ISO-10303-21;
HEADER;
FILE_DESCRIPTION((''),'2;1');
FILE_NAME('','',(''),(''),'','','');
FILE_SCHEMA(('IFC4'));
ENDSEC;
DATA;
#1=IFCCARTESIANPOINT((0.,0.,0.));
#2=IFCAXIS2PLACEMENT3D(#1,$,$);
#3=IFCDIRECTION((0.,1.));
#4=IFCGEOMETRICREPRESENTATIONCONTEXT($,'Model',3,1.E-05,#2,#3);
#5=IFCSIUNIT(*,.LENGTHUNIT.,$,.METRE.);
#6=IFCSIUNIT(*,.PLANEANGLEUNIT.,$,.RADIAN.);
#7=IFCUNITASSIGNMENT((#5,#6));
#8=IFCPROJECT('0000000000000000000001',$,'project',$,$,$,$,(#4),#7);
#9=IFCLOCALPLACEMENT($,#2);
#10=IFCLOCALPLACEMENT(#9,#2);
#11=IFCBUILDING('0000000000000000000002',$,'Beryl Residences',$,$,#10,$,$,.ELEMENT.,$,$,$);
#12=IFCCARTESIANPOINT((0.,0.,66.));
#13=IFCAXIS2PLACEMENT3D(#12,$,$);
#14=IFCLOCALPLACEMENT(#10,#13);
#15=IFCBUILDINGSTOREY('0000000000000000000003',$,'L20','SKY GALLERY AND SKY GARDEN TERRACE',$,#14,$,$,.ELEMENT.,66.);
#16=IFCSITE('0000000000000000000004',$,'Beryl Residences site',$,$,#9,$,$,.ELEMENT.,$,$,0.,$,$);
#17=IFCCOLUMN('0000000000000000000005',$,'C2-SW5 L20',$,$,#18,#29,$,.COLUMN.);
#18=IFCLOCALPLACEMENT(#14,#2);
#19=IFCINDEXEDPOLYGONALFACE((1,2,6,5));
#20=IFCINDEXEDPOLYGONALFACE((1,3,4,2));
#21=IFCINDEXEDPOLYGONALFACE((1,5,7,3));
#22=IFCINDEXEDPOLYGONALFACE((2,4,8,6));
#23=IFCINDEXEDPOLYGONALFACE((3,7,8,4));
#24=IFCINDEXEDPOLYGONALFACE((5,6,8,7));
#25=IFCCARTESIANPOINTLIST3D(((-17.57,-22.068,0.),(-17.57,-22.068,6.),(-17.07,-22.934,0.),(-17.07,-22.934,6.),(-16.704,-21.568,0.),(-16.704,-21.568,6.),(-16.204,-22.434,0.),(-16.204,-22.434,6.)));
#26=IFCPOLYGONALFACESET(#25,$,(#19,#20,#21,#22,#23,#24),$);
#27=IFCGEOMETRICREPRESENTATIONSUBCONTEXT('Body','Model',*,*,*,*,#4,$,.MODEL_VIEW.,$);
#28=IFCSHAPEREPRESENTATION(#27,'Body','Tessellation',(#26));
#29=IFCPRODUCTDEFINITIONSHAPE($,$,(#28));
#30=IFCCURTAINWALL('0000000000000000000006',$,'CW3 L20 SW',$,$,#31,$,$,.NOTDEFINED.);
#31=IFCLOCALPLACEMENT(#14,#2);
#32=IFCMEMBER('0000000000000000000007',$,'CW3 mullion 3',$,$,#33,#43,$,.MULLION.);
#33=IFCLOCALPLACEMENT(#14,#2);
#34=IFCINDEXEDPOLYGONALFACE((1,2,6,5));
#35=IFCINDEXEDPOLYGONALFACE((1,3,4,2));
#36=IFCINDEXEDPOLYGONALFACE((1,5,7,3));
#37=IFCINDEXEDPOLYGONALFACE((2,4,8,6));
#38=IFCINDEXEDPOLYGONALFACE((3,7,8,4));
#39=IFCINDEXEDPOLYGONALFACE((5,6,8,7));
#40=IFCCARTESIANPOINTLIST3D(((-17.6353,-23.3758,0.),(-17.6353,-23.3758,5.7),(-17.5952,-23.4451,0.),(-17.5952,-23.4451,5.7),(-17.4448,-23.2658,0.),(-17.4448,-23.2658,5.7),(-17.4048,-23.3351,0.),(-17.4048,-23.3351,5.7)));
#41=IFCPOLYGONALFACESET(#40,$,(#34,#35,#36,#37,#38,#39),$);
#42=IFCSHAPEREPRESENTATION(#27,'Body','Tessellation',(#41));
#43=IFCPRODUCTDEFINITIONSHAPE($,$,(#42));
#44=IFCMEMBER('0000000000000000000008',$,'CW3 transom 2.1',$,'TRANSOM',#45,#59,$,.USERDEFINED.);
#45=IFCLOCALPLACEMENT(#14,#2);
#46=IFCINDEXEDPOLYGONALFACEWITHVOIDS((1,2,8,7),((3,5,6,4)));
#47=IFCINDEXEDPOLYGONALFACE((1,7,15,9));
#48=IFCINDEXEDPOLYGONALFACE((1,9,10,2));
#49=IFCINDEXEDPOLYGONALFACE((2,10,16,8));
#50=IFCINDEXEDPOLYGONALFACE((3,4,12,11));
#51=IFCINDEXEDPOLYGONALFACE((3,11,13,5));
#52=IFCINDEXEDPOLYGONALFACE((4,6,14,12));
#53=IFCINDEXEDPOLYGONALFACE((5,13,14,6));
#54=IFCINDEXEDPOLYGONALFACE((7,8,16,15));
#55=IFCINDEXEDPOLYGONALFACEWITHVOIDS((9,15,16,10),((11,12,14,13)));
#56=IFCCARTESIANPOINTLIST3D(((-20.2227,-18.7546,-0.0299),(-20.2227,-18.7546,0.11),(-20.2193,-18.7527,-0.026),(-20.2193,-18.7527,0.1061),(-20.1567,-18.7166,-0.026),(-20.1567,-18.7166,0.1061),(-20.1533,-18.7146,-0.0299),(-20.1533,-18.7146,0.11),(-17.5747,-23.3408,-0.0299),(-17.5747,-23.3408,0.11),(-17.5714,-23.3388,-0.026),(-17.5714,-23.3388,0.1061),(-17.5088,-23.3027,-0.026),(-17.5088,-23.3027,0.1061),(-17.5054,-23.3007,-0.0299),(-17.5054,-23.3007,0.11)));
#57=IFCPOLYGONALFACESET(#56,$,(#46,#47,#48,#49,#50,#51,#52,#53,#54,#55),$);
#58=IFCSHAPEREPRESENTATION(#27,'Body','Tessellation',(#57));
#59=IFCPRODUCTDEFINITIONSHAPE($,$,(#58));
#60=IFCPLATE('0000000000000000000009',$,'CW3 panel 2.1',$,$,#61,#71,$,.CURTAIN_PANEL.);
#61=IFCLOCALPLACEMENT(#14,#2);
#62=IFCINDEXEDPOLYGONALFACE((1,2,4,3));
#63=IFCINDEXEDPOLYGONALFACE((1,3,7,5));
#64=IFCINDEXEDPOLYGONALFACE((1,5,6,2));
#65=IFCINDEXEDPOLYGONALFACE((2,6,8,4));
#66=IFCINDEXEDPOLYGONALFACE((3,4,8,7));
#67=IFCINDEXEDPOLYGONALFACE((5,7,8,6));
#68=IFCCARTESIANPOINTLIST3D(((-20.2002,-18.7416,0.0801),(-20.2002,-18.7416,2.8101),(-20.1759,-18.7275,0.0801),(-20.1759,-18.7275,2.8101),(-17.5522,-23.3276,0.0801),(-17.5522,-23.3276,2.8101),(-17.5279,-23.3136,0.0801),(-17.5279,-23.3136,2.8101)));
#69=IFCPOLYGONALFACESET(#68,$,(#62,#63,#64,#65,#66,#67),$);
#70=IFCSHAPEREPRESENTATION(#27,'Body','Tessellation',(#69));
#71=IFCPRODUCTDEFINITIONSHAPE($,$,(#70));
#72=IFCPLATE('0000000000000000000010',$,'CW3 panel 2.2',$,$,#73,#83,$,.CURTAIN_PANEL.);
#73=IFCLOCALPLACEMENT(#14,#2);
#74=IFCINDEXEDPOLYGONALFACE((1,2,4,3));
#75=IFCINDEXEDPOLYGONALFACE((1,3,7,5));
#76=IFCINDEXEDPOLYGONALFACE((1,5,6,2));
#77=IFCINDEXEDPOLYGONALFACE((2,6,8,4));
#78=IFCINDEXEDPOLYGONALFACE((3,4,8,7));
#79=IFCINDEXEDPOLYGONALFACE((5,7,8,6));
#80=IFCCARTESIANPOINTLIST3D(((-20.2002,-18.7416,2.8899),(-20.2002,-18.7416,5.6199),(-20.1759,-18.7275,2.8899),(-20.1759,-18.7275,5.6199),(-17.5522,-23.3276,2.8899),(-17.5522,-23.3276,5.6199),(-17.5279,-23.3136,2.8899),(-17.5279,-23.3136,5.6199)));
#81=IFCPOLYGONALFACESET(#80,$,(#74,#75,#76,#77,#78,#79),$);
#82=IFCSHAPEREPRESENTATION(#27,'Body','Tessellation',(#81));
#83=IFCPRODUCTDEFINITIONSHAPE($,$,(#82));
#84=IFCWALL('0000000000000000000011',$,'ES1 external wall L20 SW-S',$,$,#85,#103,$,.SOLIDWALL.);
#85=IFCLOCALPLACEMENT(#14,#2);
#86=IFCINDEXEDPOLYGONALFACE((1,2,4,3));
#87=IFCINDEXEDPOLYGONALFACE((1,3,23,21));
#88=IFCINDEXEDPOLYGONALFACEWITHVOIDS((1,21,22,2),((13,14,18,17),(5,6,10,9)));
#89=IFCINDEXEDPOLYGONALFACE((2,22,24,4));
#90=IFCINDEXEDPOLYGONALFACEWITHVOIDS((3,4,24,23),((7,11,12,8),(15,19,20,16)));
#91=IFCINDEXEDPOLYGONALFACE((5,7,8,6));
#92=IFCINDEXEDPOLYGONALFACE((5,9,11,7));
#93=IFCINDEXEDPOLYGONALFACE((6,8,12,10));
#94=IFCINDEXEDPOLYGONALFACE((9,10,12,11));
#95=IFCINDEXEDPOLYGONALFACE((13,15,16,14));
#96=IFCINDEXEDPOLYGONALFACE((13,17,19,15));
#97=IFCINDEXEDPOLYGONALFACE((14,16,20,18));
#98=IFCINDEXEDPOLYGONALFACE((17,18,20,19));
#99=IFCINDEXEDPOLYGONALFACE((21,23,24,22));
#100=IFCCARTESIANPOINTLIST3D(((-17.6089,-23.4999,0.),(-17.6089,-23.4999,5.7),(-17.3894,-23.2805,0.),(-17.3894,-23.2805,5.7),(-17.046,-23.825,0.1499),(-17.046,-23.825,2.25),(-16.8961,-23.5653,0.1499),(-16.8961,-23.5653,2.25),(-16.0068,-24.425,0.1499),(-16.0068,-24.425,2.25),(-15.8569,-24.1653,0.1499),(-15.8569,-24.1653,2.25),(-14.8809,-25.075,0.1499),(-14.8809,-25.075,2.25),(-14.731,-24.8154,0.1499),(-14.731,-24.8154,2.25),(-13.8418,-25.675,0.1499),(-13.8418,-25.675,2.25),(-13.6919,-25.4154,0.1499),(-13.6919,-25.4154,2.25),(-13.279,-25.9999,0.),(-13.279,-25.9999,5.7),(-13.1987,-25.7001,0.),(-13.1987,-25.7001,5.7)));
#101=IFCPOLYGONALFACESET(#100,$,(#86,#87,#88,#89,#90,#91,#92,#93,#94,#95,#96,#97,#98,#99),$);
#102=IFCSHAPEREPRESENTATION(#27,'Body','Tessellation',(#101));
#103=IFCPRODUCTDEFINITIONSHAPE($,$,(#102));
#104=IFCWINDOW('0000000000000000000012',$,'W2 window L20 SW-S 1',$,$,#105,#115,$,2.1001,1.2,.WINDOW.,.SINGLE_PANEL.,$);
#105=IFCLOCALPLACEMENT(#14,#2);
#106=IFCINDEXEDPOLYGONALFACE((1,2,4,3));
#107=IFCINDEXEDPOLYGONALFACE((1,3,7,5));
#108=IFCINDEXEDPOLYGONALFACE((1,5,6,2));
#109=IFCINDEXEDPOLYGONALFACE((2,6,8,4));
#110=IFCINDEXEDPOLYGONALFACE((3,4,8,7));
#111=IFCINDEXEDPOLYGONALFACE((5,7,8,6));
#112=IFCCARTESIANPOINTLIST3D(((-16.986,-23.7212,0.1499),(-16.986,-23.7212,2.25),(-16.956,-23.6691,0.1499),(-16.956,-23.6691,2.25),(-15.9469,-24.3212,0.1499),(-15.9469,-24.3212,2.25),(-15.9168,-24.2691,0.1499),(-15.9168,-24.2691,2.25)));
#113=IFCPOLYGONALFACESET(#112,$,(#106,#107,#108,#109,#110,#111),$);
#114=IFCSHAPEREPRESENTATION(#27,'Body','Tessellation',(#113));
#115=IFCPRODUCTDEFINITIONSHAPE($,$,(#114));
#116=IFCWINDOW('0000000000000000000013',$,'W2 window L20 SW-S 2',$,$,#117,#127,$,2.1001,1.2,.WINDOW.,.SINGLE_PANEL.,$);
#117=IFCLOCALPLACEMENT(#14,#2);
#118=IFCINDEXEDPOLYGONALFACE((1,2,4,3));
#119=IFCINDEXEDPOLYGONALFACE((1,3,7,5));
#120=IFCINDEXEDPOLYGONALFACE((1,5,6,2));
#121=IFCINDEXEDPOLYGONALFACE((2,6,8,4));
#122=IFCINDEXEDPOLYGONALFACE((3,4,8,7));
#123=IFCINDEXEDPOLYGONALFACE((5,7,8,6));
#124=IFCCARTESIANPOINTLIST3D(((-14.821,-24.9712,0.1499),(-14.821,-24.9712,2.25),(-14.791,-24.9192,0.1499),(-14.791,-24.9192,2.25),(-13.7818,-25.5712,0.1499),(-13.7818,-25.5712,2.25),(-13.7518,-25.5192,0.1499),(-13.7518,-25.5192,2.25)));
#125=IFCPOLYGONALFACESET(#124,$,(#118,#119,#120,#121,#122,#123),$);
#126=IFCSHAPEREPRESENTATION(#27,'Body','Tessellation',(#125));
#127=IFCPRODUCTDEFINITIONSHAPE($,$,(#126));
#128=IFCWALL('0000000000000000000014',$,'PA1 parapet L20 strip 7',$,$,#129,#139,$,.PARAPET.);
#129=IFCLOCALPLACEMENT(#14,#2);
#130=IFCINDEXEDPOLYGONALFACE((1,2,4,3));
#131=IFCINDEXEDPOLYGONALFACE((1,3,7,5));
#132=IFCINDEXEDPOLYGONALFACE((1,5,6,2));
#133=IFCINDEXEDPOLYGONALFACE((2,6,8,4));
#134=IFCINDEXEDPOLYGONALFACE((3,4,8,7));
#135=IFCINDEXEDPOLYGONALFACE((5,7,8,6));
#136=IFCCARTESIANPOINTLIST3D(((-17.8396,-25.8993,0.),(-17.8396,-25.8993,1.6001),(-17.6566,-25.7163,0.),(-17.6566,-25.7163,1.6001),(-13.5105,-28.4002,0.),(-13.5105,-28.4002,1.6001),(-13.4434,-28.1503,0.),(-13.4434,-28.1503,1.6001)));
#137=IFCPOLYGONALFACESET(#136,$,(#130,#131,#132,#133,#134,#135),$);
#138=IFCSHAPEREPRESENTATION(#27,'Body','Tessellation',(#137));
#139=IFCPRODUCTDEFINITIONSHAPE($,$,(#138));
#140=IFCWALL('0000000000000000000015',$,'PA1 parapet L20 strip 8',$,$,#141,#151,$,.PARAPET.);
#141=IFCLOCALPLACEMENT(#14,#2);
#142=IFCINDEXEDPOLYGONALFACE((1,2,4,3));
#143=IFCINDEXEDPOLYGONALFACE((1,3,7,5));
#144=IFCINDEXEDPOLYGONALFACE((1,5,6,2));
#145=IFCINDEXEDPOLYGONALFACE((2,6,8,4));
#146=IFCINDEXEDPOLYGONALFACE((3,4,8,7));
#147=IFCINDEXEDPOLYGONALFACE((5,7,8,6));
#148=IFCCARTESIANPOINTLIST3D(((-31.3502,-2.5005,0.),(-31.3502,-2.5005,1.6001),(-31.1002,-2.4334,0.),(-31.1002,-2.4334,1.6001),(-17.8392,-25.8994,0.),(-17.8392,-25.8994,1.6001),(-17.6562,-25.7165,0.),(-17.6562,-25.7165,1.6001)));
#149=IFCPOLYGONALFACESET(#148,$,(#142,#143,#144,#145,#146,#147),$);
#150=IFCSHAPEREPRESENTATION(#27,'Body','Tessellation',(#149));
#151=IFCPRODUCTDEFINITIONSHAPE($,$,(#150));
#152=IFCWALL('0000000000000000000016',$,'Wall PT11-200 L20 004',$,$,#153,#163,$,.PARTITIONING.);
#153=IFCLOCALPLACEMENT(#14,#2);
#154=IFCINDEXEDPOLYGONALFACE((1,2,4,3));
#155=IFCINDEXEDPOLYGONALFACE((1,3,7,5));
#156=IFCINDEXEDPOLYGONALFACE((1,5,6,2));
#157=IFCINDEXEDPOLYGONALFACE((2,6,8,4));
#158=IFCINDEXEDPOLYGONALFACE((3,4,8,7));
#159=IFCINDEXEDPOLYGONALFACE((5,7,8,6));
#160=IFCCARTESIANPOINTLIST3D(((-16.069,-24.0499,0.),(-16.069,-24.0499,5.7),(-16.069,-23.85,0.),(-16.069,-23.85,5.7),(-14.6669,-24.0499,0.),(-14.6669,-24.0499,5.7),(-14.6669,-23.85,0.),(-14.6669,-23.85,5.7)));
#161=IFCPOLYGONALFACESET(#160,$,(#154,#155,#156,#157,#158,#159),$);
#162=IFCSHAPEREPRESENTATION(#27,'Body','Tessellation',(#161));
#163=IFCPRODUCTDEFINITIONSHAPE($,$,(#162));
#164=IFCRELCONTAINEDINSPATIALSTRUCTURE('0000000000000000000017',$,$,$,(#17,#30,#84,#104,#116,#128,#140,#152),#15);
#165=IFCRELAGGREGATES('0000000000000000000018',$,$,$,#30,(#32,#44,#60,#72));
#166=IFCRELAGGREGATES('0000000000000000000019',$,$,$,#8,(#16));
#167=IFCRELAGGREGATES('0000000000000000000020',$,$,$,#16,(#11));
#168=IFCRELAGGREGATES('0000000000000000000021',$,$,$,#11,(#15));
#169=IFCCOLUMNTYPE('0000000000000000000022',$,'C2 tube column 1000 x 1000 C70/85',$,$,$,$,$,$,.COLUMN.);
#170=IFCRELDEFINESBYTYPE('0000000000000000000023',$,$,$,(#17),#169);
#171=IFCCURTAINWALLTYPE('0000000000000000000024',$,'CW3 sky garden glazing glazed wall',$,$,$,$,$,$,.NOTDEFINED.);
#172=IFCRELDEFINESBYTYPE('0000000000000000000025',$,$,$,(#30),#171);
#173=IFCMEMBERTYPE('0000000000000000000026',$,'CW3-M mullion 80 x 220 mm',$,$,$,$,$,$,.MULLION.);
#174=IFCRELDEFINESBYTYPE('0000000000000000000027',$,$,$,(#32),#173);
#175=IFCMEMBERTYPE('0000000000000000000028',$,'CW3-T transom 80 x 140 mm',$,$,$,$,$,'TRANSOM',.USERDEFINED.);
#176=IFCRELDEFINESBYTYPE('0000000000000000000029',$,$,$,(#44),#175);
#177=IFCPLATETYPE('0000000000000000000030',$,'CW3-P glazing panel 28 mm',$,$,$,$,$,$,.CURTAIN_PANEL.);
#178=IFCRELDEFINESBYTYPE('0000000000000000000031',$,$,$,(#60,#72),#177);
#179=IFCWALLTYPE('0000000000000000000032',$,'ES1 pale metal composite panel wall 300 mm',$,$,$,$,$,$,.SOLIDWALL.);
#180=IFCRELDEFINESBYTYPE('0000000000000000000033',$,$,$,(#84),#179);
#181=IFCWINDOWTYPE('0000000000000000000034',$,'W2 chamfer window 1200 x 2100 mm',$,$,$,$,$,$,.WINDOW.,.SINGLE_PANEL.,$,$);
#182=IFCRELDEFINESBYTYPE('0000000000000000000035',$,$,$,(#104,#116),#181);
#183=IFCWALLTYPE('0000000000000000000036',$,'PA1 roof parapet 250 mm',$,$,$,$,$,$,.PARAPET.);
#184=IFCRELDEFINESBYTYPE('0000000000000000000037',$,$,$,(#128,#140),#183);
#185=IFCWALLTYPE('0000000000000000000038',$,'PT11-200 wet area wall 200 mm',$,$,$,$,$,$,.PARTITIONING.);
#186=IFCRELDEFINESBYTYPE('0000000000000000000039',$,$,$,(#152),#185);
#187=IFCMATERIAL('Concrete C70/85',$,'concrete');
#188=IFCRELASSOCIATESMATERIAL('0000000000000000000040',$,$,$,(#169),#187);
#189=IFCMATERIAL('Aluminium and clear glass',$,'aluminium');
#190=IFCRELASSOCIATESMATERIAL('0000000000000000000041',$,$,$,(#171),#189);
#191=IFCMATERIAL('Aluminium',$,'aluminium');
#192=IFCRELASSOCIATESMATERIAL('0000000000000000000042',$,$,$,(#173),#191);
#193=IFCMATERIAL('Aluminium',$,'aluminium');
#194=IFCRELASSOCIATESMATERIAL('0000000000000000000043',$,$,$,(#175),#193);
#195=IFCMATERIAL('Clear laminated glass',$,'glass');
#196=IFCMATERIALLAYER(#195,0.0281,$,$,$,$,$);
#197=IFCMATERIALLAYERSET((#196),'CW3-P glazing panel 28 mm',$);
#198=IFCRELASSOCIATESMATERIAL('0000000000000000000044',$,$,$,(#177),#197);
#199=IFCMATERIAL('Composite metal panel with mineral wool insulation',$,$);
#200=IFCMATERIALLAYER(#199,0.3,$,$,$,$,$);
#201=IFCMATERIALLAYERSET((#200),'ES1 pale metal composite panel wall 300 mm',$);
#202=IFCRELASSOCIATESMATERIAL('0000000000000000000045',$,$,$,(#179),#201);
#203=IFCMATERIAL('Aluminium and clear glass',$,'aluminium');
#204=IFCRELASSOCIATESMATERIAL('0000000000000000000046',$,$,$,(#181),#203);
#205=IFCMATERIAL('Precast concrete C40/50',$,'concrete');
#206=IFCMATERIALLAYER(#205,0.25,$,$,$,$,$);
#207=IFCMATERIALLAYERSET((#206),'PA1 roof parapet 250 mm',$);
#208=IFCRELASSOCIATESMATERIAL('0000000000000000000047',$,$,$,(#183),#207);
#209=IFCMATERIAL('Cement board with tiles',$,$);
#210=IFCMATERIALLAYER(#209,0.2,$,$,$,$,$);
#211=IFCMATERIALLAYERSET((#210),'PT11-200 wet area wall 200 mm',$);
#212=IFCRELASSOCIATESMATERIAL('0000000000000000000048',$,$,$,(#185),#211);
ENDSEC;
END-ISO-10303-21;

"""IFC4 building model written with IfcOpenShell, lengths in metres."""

from ifc_helpers import new_model, si_unit, direction, frame, frame_2d, origin, origin_2d, place, context, subcontext, project, spatial, polyline, rectangle, hollow_rectangle, outline, extrude, material, layer, layer_set, material_profile, profile_set, type_object, element, fill, aggregate, save


model = new_model("IFC4")

# Units and contexts
model_context = context("Model", 3, precision=1e-05, world=origin(), true_north=direction((0.0, 1.0)))
body_context = subcontext(model_context, "Body", "Model", "MODEL_VIEW")
ifc_project = project(units=[si_unit("LENGTHUNIT", "METRE"), si_unit("PLANEANGLEUNIT", "RADIAN")], contexts=[model_context])

# Site, building, storey
site_placement = place(None, origin())
site = spatial("IfcSite", under=ifc_project, at=site_placement, Name="Beryl Residences site", CompositionType="ELEMENT", RefElevation=0.0)
building_placement = place(site_placement, origin())
building = spatial("IfcBuilding", under=site, at=building_placement, Name="Beryl Residences", CompositionType="ELEMENT")
storey_placement = place(building_placement, frame((0.0, 0.0, 66.0)))
storey = spatial("IfcBuildingStorey", under=building, at=storey_placement, Name="L20", Description="SKY GALLERY AND SKY GARDEN TERRACE", CompositionType="ELEMENT", Elevation=66.0)

# Column
ifc_material_1 = material(Name="Concrete C70/85", Category="concrete")
ifc_material_profile_1 = material_profile(ifc_material_1, rectangle(XDim=1.0, YDim=1.0, at=origin_2d()))
ifc_profile_set_1 = profile_set([ifc_material_profile_1], Name="Concrete C70/85")
column_type = type_object("IfcColumnType", Name="C2 tube column 1000 x 1000 C70/85", PredefinedType="COLUMN", material=ifc_profile_set_1)
column_placement = place(storey_placement, frame((-16.887, -22.251, 0.0), z_axis=(0.0, 0.0, 1.0), x_axis=(0.5, -0.866025, 0.0)))
element("IfcColumn", 1, at=column_placement, inside=storey, type_object=column_type, Name="C2-SW5 L20", PredefinedType="COLUMN", context=body_context, shape_type="SweptSolid", body=[
    extrude(rectangle(XDim=1.0, YDim=1.0, at=origin_2d()), origin(), (0.0, 0.0, 1.0), 6.0),
])

# Curtain wall, members, plates
ifc_material_2 = material(Name="Aluminium and clear glass", Category="aluminium")
curtain_wall_type = type_object("IfcCurtainWallType", Name="CW3 sky garden glazing glazed wall", PredefinedType="NOTDEFINED", material=ifc_material_2)
curtain_wall_placement = place(storey_placement, origin())
curtain_wall = element("IfcCurtainWall", 2, at=curtain_wall_placement, inside=storey, type_object=curtain_wall_type, Name="CW3 L20 SW", PredefinedType="NOTDEFINED")
ifc_material_3 = material(Name="Aluminium", Category="aluminium")
ifc_material_profile_2 = material_profile(ifc_material_3, rectangle(XDim=0.0801, YDim=0.22, at=origin_2d()))
ifc_profile_set_2 = profile_set([ifc_material_profile_2], Name="Aluminium")
member_type_1 = type_object("IfcMemberType", Name="CW3-M mullion 80 x 220 mm", PredefinedType="MULLION", material=ifc_profile_set_2)
member_1_placement = place(storey_placement, frame((-17.52, -23.3555, 0.0), z_axis=(0.0, 0.0, 1.0), x_axis=(0.500031, -0.866007, 0.0)))
member_1 = element("IfcMember", 3, at=member_1_placement, type_object=member_type_1, Name="CW3 mullion 3", PredefinedType="MULLION", context=body_context, shape_type="SweptSolid", body=[
    extrude(rectangle(XDim=0.0801, YDim=0.22, at=origin_2d()), origin(), (0.0, 0.0, 1.0), 5.7),
])
ifc_material_4 = material(Name="Aluminium", Category="aluminium")
ifc_material_profile_3 = material_profile(ifc_material_4, hollow_rectangle(XDim=0.0801, YDim=0.1399, WallThickness=0.0039, at=origin_2d()))
ifc_profile_set_3 = profile_set([ifc_material_profile_3], Name="Aluminium")
member_type_2 = type_object("IfcMemberType", Name="CW3-T transom 80 x 140 mm", ElementType="TRANSOM", PredefinedType="USERDEFINED", material=ifc_profile_set_3)
member_2_placement = place(storey_placement, frame((-20.188, -18.7346, 0.04), z_axis=(0.500016, -0.866016, 0.0), x_axis=(0.866016, 0.500016, 0.0)))
member_2 = element("IfcMember", 4, at=member_2_placement, type_object=member_type_2, Name="CW3 transom 2.1", ObjectType="TRANSOM", PredefinedType="USERDEFINED", context=body_context, shape_type="SweptSolid", body=[
    extrude(hollow_rectangle(XDim=0.0801, YDim=0.1399, WallThickness=0.0039, at=origin_2d()), origin(), (0.0, 0.0, 1.0), 5.2957),
])
ifc_material_5 = material(Name="Clear laminated glass", Category="glass")
ifc_layer_1 = layer(ifc_material_5, 0.0281)
ifc_layer_set_1 = layer_set([ifc_layer_1], Name="CW3-P glazing panel 28 mm")
plate_type = type_object("IfcPlateType", Name="CW3-P glazing panel 28 mm", PredefinedType="CURTAIN_PANEL", material=ifc_layer_set_1)
plate_1_placement = place(storey_placement, frame((-18.864, -21.0276, 0.0801), z_axis=(0.0, 0.0, 1.0), x_axis=(0.500031, -0.866007, 0.0)))
plate_1 = element("IfcPlate", 5, at=plate_1_placement, type_object=plate_type, Name="CW3 panel 2.1", PredefinedType="CURTAIN_PANEL", context=body_context, shape_type="SweptSolid", body=[
    extrude(rectangle(XDim=5.2957, YDim=0.0281, at=origin_2d()), origin(), (0.0, 0.0, 1.0), 2.73),
])
plate_2_placement = place(storey_placement, frame((-18.864, -21.0276, 2.8899), z_axis=(0.0, 0.0, 1.0), x_axis=(0.500031, -0.866007, 0.0)))
plate_2 = element("IfcPlate", 6, at=plate_2_placement, type_object=plate_type, Name="CW3 panel 2.2", PredefinedType="CURTAIN_PANEL", context=body_context, shape_type="SweptSolid", body=[
    extrude(rectangle(XDim=5.2957, YDim=0.0281, at=origin_2d()), origin(), (0.0, 0.0, 1.0), 2.73),
])
aggregate(curtain_wall, [member_1, member_2, plate_1, plate_2])

# Wall, openings, windows
ifc_material_6 = material(Name="Composite metal panel with mineral wool insulation")
ifc_layer_2 = layer(ifc_material_6, 0.3)
ifc_layer_set_2 = layer_set([ifc_layer_2], Name="ES1 pale metal composite panel wall 300 mm")
wall_type_1 = type_object("IfcWallType", Name="ES1 pale metal composite panel wall 300 mm", PredefinedType="SOLIDWALL", material=ifc_layer_set_2)
wall_1_placement = place(storey_placement, frame((-17.5339, -23.3701, 0.0), z_axis=(0.0, 0.0, 1.0), x_axis=(0.866011, -0.500025, 0.0)))
wall_1 = element("IfcWall", 7, at=wall_1_placement, inside=storey, type_object=wall_type_1, Name="ES1 external wall L20 SW-S", PredefinedType="SOLIDWALL", context=body_context, shape_type="SweptSolid", body=[
    extrude(outline(polyline([(0.0, -0.1499), (4.9998, -0.1499), (4.9194, 0.1499), (0.0803, 0.1499), (0.0, -0.1499)])), origin(), (0.0, 0.0, 1.0), 5.7),
])
opening_1_placement = place(wall_1_placement, frame((0.6499, 0.0, 0.1499)))
opening_1 = element("IfcOpeningElement", 8, at=opening_1_placement, cuts=wall_1, PredefinedType="OPENING", context=body_context, shape_type="SweptSolid", body=[
    extrude(rectangle(XDim=1.2, YDim=2.1001, at=frame_2d((0.6001, 1.05))), frame((0.0, 0.1599, 0.0), z_axis=(0.0, -1.0, 0.0), x_axis=(1.0, 0.0, 0.0)), (0.0, 0.0, 1.0), 0.3201),
])
opening_2_placement = place(wall_1_placement, frame((3.1499, 0.0, 0.1499)))
opening_2 = element("IfcOpeningElement", 9, at=opening_2_placement, cuts=wall_1, PredefinedType="OPENING", context=body_context, shape_type="SweptSolid", body=[
    extrude(rectangle(XDim=1.2, YDim=2.1001, at=frame_2d((0.6001, 1.05))), frame((0.0, 0.1599, 0.0), z_axis=(0.0, -1.0, 0.0), x_axis=(1.0, 0.0, 0.0)), (0.0, 0.0, 1.0), 0.3201),
])
ifc_material_7 = material(Name="Aluminium and clear glass", Category="aluminium")
window_type = type_object("IfcWindowType", Name="W2 chamfer window 1200 x 2100 mm", PartitioningType="SINGLE_PANEL", PredefinedType="WINDOW", material=ifc_material_7)
window_1_placement = place(opening_1_placement, origin())
window_1 = element("IfcWindow", 10, at=window_1_placement, inside=storey, type_object=window_type, Name="W2 window L20 SW-S 1", OverallHeight=2.1001, OverallWidth=1.2, PartitioningType="SINGLE_PANEL", PredefinedType="WINDOW", context=body_context, shape_type="SweptSolid", body=[
    extrude(rectangle(XDim=1.2, YDim=2.1001, at=frame_2d((0.6001, 1.05))), frame((0.0, 0.03, 0.0), z_axis=(0.0, -1.0, 0.0), x_axis=(1.0, 0.0, 0.0)), (0.0, 0.0, 1.0), 0.0601),
])
fill(opening_1, window_1)
window_2_placement = place(opening_2_placement, origin())
window_2 = element("IfcWindow", 11, at=window_2_placement, inside=storey, type_object=window_type, Name="W2 window L20 SW-S 2", OverallHeight=2.1001, OverallWidth=1.2, PartitioningType="SINGLE_PANEL", PredefinedType="WINDOW", context=body_context, shape_type="SweptSolid", body=[
    extrude(rectangle(XDim=1.2, YDim=2.1001, at=frame_2d((0.6001, 1.05))), frame((0.0, 0.03, 0.0), z_axis=(0.0, -1.0, 0.0), x_axis=(1.0, 0.0, 0.0)), (0.0, 0.0, 1.0), 0.0601),
])
fill(opening_2, window_2)

# Walls
ifc_material_8 = material(Name="Precast concrete C40/50", Category="concrete")
ifc_layer_3 = layer(ifc_material_8, 0.25)
ifc_layer_set_3 = layer_set([ifc_layer_3], Name="PA1 roof parapet 250 mm")
wall_type_2 = type_object("IfcWallType", Name="PA1 roof parapet 250 mm", PredefinedType="PARAPET", material=ifc_layer_set_3)
wall_2_placement = place(storey_placement, frame((-13.448, -28.292, 0.0), z_axis=(0.0, 0.0, 1.0), x_axis=(-0.86589, 0.500235, 0.0)))
element("IfcWall", 12, at=wall_2_placement, inside=storey, type_object=wall_type_2, Name="PA1 parapet L20 strip 7", PredefinedType="PARAPET", context=body_context, shape_type="SweptSolid", body=[
    extrude(outline(polyline([(0.0669, -0.125), (4.9326, -0.125), (4.9995, 0.125), (0.0, 0.125), (0.0669, -0.125)])), origin(), (0.0, 0.0, 1.0), 1.6001),
])
wall_3_placement = place(storey_placement, frame((-17.731, -25.8369, 0.0), z_axis=(0.0, 0.0, 1.0), x_axis=(-0.500045, 0.866, 0.0)))
element("IfcWall", 13, at=wall_3_placement, inside=storey, type_object=wall_type_2, Name="PA1 parapet L20 strip 8", PredefinedType="PARAPET", context=body_context, shape_type="SweptSolid", body=[
    extrude(outline(polyline([(0.0669, -0.125), (26.9526, -0.125), (27.0195, 0.125), (0.0, 0.125), (0.0669, -0.125)])), origin(), (0.0, 0.0, 1.0), 1.6001),
])
ifc_material_9 = material(Name="Cement board with tiles")
ifc_layer_4 = layer(ifc_material_9, 0.2)
ifc_layer_set_4 = layer_set([ifc_layer_4], Name="PT11-200 wet area wall 200 mm")
wall_type_3 = type_object("IfcWallType", Name="PT11-200 wet area wall 200 mm", PredefinedType="PARTITIONING", material=ifc_layer_set_4)
wall_4_placement = place(storey_placement, frame((-16.0691, -23.95, 0.0), z_axis=(0.0, 0.0, 1.0), x_axis=(1.0, 0.0, 0.0)))
element("IfcWall", 14, at=wall_4_placement, inside=storey, type_object=wall_type_3, Name="Wall PT11-200 L20 004", PredefinedType="PARTITIONING", context=body_context, shape_type="SweptSolid", body=[
    extrude(rectangle(XDim=1.4021, YDim=0.2, at=frame_2d((0.7012, 0.0))), origin(), (0.0, 0.0, 1.0), 5.7),
])

save(model, "model.ifc")
